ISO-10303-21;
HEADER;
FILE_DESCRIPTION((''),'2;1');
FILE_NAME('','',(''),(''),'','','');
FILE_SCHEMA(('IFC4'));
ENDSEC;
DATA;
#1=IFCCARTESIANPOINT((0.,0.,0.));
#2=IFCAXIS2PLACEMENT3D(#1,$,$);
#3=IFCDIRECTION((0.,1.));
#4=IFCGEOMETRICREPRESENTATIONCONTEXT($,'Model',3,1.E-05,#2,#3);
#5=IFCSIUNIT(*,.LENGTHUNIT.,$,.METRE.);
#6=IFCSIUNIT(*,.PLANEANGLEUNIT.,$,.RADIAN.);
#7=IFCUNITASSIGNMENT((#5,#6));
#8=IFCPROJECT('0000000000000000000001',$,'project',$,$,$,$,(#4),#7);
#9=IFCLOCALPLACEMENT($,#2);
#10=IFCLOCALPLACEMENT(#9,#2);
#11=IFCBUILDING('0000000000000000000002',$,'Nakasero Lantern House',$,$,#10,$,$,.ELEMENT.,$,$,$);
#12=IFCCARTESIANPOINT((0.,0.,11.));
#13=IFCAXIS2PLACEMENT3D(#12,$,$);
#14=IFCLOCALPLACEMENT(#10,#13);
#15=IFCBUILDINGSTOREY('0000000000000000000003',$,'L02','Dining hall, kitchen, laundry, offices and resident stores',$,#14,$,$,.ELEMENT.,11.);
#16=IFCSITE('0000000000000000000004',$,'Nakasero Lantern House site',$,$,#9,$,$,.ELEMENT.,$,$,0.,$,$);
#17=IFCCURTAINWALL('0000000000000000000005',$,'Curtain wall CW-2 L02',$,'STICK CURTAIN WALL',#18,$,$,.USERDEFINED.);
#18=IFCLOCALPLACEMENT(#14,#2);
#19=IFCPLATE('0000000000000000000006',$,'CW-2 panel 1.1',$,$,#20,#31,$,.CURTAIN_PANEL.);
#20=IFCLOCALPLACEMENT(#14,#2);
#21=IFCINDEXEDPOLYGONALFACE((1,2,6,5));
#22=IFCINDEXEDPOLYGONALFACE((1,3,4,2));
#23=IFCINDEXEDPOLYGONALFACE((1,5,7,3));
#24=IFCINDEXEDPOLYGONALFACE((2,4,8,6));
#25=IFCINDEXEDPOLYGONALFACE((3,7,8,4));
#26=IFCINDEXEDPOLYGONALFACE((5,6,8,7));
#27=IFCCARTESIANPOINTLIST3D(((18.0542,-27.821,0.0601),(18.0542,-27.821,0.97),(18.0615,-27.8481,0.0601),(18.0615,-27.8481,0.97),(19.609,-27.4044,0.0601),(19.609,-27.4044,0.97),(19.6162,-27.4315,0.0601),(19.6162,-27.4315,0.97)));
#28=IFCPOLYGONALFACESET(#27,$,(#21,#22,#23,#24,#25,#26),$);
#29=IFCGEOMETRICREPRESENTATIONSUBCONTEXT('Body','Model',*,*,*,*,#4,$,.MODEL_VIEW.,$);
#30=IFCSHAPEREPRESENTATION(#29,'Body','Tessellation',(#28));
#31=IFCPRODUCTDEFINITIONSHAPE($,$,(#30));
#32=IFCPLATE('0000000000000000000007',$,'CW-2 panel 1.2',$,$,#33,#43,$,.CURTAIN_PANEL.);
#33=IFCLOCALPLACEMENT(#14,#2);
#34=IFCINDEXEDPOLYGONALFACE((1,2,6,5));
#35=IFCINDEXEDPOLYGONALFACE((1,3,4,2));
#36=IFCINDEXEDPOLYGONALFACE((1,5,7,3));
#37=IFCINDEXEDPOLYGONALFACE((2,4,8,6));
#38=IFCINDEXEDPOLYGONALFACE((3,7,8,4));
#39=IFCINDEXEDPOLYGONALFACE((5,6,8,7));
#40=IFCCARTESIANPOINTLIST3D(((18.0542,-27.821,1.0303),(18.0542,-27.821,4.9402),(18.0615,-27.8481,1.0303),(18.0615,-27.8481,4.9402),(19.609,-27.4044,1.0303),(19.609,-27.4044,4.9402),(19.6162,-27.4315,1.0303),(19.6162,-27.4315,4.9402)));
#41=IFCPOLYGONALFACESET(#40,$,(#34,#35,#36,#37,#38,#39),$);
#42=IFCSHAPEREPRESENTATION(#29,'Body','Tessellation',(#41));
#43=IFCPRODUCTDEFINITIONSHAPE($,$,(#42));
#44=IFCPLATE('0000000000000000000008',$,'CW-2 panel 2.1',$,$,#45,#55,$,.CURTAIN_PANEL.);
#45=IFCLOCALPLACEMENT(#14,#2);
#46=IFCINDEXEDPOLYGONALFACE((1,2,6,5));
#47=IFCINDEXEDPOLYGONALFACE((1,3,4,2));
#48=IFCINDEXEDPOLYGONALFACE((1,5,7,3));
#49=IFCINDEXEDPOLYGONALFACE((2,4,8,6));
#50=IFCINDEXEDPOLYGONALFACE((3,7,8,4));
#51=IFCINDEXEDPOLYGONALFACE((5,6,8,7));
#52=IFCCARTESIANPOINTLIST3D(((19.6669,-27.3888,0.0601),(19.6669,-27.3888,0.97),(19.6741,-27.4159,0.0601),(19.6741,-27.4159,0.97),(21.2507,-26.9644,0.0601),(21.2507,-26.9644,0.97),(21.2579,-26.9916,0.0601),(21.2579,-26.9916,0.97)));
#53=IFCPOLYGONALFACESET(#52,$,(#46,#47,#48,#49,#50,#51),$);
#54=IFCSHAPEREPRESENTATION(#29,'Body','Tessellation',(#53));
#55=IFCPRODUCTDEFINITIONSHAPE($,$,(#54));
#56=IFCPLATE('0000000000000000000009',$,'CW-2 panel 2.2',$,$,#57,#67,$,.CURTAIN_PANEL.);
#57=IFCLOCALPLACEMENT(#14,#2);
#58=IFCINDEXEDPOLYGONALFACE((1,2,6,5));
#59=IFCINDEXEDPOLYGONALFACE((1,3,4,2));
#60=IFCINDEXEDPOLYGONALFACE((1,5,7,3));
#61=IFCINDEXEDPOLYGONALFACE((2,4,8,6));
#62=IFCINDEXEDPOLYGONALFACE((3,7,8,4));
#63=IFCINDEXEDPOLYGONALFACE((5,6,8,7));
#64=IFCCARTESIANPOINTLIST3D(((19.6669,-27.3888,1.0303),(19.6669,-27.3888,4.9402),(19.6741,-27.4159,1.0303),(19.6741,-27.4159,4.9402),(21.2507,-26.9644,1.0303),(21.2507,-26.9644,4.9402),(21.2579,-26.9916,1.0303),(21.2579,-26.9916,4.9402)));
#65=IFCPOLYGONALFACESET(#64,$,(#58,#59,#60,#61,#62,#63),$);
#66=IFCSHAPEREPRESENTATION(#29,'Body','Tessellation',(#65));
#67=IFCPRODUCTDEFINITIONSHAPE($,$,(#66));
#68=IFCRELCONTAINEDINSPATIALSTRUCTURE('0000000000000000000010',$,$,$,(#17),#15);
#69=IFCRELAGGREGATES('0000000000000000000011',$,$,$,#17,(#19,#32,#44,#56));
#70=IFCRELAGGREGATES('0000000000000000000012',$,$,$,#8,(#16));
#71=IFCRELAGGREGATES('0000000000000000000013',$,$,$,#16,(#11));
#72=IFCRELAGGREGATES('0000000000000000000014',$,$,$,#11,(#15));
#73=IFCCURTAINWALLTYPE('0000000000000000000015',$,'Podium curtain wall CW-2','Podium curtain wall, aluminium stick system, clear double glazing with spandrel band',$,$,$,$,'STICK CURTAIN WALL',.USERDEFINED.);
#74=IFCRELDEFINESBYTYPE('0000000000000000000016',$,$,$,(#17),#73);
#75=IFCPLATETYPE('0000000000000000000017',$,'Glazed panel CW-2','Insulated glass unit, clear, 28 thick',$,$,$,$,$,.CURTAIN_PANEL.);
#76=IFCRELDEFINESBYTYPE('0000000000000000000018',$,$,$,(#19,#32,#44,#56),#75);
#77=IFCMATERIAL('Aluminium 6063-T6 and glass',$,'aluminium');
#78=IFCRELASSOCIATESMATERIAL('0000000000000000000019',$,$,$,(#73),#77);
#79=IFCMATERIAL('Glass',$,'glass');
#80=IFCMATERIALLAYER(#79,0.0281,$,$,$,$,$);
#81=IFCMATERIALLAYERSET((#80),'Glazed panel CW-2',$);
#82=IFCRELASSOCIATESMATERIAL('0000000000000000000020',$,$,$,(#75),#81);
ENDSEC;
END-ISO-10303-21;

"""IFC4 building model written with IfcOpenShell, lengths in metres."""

from ifc_helpers import new_model, si_unit, direction, frame, origin, origin_2d, place, context, subcontext, project, spatial, rectangle, extrude, material, layer, layer_set, type_object, element, aggregate, save


model = new_model("IFC4")

# Units and contexts
model_context = context("Model", 3, precision=1e-05, world=origin(), true_north=direction((0.0, 1.0)))
body_context = subcontext(model_context, "Body", "Model", "MODEL_VIEW")
ifc_project = project(units=[si_unit("LENGTHUNIT", "METRE"), si_unit("PLANEANGLEUNIT", "RADIAN")], contexts=[model_context])

# Site, building, storey
site_placement = place(None, origin())
site = spatial("IfcSite", under=ifc_project, at=site_placement, Name="Nakasero Lantern House site", CompositionType="ELEMENT", RefElevation=0.0)
building_placement = place(site_placement, origin())
building = spatial("IfcBuilding", under=site, at=building_placement, Name="Nakasero Lantern House", CompositionType="ELEMENT")
storey_placement = place(building_placement, frame((0.0, 0.0, 11.0)))
storey = spatial("IfcBuildingStorey", under=building, at=storey_placement, Name="L02", Description="Dining hall, kitchen, laundry, offices and resident stores", CompositionType="ELEMENT", Elevation=11.0)

# Curtain wall
ifc_material_1 = material(Name="Aluminium 6063-T6 and glass", Category="aluminium")
curtain_wall_type = type_object("IfcCurtainWallType", Name="Podium curtain wall CW-2", Description="Podium curtain wall, aluminium stick system, clear double glazing with spandrel band", ElementType="STICK CURTAIN WALL", PredefinedType="USERDEFINED", material=ifc_material_1)
curtain_wall_1_placement = place(storey_placement, origin())
curtain_wall_1 = element("IfcCurtainWall", 1, at=curtain_wall_1_placement, inside=storey, type_object=curtain_wall_type, Name="Curtain wall CW-2 L02", ObjectType="STICK CURTAIN WALL", PredefinedType="USERDEFINED")

# Plates
ifc_material_2 = material(Name="Glass", Category="glass")
ifc_layer = layer(ifc_material_2, 0.0281)
ifc_layer_set = layer_set([ifc_layer], Name="Glazed panel CW-2")
plate_type = type_object("IfcPlateType", Name="Glazed panel CW-2", Description="Insulated glass unit, clear, 28 thick", PredefinedType="CURTAIN_PANEL", material=ifc_layer_set)
plate_1_placement = place(storey_placement, frame((18.8352, -27.6262, 0.0601), z_axis=(0.0, 0.0, 1.0), x_axis=(0.965926, 0.258819, 0.0)))
plate_1 = element("IfcPlate", 2, at=plate_1_placement, type_object=plate_type, Name="CW-2 panel 1.1", PredefinedType="CURTAIN_PANEL", context=body_context, shape_type="SweptSolid", body=[
    extrude(rectangle(XDim=1.6096, YDim=0.0281, at=origin_2d()), origin(), (0.0, 0.0, 1.0), 0.9099),
])
plate_2_placement = place(storey_placement, frame((18.8352, -27.6262, 1.0303), z_axis=(0.0, 0.0, 1.0), x_axis=(0.965926, 0.258819, 0.0)))
plate_2 = element("IfcPlate", 3, at=plate_2_placement, type_object=plate_type, Name="CW-2 panel 1.2", PredefinedType="CURTAIN_PANEL", context=body_context, shape_type="SweptSolid", body=[
    extrude(rectangle(XDim=1.6096, YDim=0.0281, at=origin_2d()), origin(), (0.0, 0.0, 1.0), 3.9099),
])
plate_3_placement = place(storey_placement, frame((20.4624, -27.1902, 0.0601), z_axis=(0.0, 0.0, 1.0), x_axis=(0.965926, 0.258819, 0.0)))
plate_3 = element("IfcPlate", 4, at=plate_3_placement, type_object=plate_type, Name="CW-2 panel 2.1", PredefinedType="CURTAIN_PANEL", context=body_context, shape_type="SweptSolid", body=[
    extrude(rectangle(XDim=1.6396, YDim=0.0281, at=origin_2d()), origin(), (0.0, 0.0, 1.0), 0.9099),
])
plate_4_placement = place(storey_placement, frame((20.4624, -27.1902, 1.0303), z_axis=(0.0, 0.0, 1.0), x_axis=(0.965926, 0.258819, 0.0)))
plate_4 = element("IfcPlate", 5, at=plate_4_placement, type_object=plate_type, Name="CW-2 panel 2.2", PredefinedType="CURTAIN_PANEL", context=body_context, shape_type="SweptSolid", body=[
    extrude(rectangle(XDim=1.6396, YDim=0.0281, at=origin_2d()), origin(), (0.0, 0.0, 1.0), 3.9099),
])
aggregate(curtain_wall_1, [plate_1, plate_2, plate_3, plate_4])

save(model, "model.ifc")
